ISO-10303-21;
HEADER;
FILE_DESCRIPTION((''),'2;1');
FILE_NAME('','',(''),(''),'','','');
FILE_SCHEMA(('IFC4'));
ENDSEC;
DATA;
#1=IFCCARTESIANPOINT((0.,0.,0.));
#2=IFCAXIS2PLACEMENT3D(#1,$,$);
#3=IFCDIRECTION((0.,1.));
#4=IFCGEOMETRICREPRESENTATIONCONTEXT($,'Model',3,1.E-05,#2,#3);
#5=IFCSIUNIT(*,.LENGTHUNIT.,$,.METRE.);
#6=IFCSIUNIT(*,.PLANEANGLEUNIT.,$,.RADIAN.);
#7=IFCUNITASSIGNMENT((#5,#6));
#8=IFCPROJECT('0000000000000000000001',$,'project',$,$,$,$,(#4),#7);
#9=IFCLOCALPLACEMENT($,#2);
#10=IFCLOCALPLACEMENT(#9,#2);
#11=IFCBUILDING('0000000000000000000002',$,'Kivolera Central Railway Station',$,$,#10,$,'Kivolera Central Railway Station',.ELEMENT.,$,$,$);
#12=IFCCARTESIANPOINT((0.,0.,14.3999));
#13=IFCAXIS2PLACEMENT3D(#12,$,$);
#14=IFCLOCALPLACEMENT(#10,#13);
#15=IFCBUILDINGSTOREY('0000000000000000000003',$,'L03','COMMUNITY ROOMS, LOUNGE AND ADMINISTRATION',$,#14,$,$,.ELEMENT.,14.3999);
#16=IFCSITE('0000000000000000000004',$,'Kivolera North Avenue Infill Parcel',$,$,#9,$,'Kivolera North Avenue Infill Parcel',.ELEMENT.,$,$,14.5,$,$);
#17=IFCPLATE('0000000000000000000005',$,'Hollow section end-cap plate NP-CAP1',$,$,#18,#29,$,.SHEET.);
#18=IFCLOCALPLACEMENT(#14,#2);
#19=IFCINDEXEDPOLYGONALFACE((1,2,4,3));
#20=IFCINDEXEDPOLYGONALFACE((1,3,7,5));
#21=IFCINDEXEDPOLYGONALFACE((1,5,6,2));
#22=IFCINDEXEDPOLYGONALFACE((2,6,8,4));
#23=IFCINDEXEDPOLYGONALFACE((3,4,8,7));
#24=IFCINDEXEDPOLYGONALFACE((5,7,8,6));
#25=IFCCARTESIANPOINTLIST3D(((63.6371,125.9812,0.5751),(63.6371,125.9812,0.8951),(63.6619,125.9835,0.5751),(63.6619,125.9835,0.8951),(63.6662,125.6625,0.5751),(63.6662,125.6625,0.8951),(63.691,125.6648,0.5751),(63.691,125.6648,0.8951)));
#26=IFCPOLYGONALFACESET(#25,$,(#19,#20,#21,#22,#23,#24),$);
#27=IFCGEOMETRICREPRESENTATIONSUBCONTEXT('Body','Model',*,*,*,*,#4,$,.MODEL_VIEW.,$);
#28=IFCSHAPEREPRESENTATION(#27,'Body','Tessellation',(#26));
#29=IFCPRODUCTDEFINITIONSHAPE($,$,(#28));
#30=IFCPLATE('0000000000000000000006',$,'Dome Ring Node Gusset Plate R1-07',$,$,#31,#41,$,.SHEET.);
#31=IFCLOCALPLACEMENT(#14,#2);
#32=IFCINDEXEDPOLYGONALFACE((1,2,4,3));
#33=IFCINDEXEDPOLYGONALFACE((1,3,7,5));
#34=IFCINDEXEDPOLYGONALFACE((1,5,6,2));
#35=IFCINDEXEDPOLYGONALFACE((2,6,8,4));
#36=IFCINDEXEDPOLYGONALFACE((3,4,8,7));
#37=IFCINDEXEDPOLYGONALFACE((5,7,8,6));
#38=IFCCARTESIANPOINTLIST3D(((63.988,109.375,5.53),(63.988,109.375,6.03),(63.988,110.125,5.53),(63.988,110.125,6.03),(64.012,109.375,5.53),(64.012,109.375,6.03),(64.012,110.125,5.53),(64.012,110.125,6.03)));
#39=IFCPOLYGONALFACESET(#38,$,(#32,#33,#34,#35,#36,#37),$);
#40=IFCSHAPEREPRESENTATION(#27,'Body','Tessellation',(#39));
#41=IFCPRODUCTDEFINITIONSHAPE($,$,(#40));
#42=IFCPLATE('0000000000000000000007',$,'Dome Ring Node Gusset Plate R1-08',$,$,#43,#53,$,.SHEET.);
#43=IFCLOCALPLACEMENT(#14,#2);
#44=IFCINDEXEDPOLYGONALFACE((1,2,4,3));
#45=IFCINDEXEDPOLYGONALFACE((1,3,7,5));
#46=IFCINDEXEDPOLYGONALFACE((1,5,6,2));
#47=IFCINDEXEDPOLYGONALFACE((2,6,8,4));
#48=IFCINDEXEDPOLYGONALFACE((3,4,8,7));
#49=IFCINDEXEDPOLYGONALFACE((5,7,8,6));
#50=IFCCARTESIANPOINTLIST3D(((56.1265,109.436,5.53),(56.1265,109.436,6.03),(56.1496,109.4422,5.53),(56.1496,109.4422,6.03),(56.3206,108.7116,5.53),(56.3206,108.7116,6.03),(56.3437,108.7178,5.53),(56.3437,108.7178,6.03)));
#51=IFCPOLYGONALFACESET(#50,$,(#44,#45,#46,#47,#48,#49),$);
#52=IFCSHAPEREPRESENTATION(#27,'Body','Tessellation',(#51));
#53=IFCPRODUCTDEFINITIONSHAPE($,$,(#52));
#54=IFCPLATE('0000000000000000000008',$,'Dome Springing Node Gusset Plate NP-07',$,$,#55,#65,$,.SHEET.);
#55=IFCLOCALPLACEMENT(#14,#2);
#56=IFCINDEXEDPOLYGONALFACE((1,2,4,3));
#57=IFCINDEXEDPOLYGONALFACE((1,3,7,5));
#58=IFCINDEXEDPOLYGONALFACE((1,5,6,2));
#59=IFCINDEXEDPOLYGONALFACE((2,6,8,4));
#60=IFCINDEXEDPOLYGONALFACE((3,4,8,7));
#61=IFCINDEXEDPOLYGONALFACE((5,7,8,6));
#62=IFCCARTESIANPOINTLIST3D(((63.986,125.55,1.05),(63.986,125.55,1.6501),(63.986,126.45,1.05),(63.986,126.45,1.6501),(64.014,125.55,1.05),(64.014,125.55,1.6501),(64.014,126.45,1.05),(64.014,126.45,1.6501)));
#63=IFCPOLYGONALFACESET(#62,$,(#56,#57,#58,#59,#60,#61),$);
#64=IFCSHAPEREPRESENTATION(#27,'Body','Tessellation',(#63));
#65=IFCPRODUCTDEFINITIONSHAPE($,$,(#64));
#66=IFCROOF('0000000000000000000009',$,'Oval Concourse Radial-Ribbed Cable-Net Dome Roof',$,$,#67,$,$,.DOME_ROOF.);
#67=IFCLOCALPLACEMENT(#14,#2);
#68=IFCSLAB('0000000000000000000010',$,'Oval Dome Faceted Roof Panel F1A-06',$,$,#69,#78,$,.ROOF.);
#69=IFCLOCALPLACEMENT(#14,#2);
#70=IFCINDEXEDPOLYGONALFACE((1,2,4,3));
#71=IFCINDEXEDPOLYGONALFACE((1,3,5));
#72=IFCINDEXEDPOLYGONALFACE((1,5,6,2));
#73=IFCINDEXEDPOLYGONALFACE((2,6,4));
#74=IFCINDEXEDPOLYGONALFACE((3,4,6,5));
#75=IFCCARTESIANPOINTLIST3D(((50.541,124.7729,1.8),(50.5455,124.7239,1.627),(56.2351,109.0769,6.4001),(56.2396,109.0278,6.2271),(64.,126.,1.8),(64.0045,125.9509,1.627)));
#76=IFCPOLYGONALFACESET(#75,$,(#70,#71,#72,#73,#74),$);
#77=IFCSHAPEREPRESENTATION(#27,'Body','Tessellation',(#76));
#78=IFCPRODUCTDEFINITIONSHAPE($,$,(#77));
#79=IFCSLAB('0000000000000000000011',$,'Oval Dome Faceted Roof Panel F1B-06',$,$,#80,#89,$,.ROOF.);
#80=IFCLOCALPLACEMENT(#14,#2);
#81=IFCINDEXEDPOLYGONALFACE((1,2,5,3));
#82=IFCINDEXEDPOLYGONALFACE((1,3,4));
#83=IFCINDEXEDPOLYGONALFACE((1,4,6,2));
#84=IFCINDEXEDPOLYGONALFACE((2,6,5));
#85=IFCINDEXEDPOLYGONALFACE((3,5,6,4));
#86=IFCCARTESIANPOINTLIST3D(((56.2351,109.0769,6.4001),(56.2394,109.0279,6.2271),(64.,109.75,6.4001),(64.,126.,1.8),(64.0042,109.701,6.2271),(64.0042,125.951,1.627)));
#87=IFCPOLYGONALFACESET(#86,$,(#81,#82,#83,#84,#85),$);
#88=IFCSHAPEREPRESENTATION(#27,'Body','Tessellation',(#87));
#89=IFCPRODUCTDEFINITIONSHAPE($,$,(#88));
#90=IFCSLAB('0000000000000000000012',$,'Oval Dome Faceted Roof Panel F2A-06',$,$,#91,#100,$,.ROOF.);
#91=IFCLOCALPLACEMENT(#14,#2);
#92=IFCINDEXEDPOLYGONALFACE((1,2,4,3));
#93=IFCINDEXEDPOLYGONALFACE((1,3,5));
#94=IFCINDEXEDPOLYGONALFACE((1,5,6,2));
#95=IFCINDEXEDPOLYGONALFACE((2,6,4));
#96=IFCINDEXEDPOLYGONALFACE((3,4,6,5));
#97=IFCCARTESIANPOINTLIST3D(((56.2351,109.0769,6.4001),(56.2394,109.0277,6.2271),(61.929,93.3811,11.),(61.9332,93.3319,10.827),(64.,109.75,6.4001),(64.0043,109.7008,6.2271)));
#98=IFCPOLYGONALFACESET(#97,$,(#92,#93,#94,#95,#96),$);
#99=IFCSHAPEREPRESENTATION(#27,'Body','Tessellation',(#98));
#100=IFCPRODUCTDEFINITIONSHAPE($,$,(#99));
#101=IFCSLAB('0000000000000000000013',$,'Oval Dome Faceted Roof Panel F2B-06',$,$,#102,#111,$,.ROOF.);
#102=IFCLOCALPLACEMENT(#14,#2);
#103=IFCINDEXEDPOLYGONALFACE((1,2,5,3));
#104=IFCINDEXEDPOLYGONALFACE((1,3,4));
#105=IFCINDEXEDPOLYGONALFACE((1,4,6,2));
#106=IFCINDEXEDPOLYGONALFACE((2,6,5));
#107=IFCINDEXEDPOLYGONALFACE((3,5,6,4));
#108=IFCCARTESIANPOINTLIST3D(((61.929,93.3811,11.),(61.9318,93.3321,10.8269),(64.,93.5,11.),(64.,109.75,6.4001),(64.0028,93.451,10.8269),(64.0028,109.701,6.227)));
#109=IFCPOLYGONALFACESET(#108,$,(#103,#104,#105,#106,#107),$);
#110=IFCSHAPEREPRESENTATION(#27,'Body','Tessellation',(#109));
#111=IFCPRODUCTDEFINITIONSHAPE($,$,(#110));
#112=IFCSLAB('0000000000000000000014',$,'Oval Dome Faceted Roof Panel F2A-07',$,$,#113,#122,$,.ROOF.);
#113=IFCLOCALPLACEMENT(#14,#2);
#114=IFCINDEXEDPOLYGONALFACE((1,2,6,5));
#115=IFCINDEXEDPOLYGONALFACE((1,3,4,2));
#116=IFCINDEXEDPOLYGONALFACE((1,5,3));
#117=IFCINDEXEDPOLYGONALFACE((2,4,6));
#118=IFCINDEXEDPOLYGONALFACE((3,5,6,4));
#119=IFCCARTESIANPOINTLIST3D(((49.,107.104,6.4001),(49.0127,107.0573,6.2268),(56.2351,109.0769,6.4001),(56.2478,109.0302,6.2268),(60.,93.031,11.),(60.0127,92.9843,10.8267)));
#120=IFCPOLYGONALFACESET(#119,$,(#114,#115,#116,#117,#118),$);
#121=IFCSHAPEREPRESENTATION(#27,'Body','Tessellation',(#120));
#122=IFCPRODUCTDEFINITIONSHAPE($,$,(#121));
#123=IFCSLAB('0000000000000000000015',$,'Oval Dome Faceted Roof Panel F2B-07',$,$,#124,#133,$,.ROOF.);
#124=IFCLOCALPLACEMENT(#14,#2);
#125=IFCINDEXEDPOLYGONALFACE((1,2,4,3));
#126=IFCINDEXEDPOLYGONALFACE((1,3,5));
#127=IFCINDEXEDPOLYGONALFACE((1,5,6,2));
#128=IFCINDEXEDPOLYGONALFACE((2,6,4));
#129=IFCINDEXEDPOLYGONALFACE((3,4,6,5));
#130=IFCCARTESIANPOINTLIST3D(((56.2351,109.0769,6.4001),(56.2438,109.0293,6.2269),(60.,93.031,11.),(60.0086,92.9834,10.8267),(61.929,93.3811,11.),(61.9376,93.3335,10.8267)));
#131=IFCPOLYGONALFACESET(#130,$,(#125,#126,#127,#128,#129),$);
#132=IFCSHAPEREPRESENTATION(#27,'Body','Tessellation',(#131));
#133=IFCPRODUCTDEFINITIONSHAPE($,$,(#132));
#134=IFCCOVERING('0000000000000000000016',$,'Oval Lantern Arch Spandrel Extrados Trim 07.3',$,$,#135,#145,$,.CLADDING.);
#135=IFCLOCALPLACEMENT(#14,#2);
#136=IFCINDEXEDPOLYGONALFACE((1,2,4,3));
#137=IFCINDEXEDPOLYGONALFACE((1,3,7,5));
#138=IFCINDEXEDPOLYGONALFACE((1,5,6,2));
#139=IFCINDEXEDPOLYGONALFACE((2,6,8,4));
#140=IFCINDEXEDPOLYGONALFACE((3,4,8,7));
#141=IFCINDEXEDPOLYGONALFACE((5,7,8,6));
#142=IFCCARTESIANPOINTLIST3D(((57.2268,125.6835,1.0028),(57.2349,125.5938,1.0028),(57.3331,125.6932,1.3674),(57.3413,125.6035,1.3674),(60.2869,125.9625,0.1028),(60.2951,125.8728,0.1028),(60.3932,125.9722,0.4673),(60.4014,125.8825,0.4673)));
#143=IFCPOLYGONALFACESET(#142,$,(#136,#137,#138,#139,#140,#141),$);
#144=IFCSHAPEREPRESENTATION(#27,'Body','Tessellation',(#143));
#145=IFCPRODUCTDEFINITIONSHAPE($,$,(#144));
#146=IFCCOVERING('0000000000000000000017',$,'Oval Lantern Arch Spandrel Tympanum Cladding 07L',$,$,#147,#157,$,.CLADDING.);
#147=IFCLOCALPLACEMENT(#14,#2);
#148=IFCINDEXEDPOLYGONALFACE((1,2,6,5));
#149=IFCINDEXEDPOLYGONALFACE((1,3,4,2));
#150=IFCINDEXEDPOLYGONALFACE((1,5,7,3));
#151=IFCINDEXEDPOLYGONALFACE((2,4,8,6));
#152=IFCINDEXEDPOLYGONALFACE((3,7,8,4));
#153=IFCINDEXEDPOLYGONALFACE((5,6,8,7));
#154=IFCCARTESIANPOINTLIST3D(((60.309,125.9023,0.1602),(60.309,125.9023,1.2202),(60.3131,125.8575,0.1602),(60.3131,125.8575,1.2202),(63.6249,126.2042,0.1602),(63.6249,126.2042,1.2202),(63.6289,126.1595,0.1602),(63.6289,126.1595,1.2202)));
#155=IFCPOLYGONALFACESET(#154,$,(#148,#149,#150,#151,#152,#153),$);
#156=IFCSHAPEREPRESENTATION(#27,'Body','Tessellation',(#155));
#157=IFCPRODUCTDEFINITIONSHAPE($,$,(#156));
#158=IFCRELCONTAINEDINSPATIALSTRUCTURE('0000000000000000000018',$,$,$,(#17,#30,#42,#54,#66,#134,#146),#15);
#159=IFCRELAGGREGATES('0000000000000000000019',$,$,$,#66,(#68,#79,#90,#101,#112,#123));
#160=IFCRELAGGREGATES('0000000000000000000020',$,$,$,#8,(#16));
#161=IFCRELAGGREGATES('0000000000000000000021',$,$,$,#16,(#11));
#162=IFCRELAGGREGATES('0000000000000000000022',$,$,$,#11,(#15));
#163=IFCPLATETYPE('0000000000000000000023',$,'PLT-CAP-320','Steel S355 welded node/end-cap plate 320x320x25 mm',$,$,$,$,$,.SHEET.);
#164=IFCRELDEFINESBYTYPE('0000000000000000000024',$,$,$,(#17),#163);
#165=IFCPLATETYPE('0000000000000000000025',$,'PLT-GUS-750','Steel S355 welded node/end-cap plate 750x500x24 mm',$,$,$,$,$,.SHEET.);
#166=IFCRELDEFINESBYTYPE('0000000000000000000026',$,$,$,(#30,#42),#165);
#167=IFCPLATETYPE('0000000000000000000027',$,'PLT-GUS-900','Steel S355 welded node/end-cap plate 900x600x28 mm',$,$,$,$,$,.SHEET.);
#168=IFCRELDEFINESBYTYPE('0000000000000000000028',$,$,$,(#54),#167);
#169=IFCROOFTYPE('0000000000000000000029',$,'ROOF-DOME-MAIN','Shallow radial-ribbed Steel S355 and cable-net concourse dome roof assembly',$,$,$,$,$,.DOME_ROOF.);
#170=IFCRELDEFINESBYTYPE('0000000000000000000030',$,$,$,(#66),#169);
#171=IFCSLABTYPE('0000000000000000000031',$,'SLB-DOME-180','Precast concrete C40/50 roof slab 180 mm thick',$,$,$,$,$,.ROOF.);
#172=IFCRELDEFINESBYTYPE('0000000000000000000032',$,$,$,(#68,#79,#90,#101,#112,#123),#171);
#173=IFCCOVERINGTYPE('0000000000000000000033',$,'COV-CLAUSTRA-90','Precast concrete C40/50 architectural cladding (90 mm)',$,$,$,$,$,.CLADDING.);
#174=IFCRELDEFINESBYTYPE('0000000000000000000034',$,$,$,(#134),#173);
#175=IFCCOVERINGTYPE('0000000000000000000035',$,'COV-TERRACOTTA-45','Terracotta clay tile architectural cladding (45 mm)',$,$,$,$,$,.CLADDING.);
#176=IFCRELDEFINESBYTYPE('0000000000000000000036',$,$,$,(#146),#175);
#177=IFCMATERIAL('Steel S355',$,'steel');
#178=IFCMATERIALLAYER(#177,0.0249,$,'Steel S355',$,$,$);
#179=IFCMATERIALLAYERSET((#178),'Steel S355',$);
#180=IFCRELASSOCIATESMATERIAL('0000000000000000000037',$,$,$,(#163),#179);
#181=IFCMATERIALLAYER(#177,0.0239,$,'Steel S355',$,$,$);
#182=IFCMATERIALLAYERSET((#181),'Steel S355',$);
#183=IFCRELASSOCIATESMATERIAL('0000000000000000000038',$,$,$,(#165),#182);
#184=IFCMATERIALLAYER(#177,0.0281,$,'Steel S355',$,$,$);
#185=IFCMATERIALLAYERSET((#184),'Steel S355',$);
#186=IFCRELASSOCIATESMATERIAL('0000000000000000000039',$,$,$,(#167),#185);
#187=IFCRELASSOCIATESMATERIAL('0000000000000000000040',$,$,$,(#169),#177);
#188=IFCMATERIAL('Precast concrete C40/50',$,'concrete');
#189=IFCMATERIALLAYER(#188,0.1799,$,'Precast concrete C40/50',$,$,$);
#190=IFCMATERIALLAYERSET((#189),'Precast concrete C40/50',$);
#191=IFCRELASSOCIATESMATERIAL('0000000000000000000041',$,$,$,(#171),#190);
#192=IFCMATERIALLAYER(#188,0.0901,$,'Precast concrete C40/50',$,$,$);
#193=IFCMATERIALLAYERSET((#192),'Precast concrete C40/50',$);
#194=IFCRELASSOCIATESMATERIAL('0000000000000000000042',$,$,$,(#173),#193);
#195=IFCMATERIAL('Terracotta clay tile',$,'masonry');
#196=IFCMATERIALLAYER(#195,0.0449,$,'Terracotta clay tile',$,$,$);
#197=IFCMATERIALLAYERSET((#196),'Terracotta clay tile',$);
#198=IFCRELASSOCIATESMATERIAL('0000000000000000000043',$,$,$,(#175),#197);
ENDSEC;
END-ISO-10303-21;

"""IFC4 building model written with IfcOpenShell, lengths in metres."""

from ifc_helpers import new_model, si_unit, direction, frame, frame_2d, origin, origin_2d, place, context, subcontext, project, spatial, polyline, rectangle, outline, extrude, material, layer, layer_set, type_object, element, aggregate, save


model = new_model("IFC4")

# Units and contexts
model_context = context("Model", 3, precision=1e-05, world=origin(), true_north=direction((0.0, 1.0)))
body_context = subcontext(model_context, "Body", "Model", "MODEL_VIEW")
ifc_project = project(units=[si_unit("LENGTHUNIT", "METRE"), si_unit("PLANEANGLEUNIT", "RADIAN")], contexts=[model_context])

# Site, building, storey
site_placement = place(None, origin())
site = spatial("IfcSite", under=ifc_project, at=site_placement, Name="Kivolera North Avenue Infill Parcel", LongName="Kivolera North Avenue Infill Parcel", CompositionType="ELEMENT", RefElevation=14.5)
building_placement = place(site_placement, origin())
building = spatial("IfcBuilding", under=site, at=building_placement, Name="Kivolera Central Railway Station", LongName="Kivolera Central Railway Station", CompositionType="ELEMENT")
storey_placement = place(building_placement, frame((0.0, 0.0, 14.3999)))
storey = spatial("IfcBuildingStorey", under=building, at=storey_placement, Name="L03", Description="COMMUNITY ROOMS, LOUNGE AND ADMINISTRATION", CompositionType="ELEMENT", Elevation=14.3999)

# Shared definitions
ifc_material_1 = material(Name="Steel S355", Category="steel")

# Plates
ifc_layer_1 = layer(ifc_material_1, 0.0249, Name="Steel S355")
ifc_layer_set_1 = layer_set([ifc_layer_1], Name="Steel S355")
plate_type_1 = type_object("IfcPlateType", Name="PLT-CAP-320", Description="Steel S355 welded node/end-cap plate 320x320x25 mm", PredefinedType="SHEET", material=ifc_layer_set_1)
plate_1_placement = place(storey_placement, frame((63.6641, 125.823, 0.7351), z_axis=(-0.995874, -0.090747, 0.0), x_axis=(0.090747, -0.995874, 0.0)))
element("IfcPlate", 1, at=plate_1_placement, inside=storey, type_object=plate_type_1, Name="Hollow section end-cap plate NP-CAP1", PredefinedType="SHEET", context=body_context, shape_type="SweptSolid", body=[
    extrude(rectangle(XDim=0.3201, YDim=0.3201, at=origin_2d()), frame((0.0, 0.0, -0.0125)), (0.0, 0.0, 1.0), 0.0249),
])
ifc_layer_2 = layer(ifc_material_1, 0.0239, Name="Steel S355")
ifc_layer_set_2 = layer_set([ifc_layer_2], Name="Steel S355")
plate_type_2 = type_object("IfcPlateType", Name="PLT-GUS-750", Description="Steel S355 welded node/end-cap plate 750x500x24 mm", PredefinedType="SHEET", material=ifc_layer_set_2)
for number, where, z_axis, x_axis, name in (
    (2, (64.0, 109.75, 5.53), (0.0, 0.0, 1.0), (0.0, 1.0, 0.0), "Dome Ring Node Gusset Plate R1-07"),
    (3, (56.2351, 109.0769, 5.53), (0.0, 0.0, 1.0), (-0.258819, 0.965926, 0.0), "Dome Ring Node Gusset Plate R1-08"),
):
    element("IfcPlate", number, at=place(storey_placement, frame(where, z_axis=z_axis, x_axis=x_axis)), inside=storey, type_object=plate_type_2, Name=name, PredefinedType="SHEET", context=body_context, shape_type="SweptSolid", body=[
        extrude(rectangle(XDim=0.75, YDim=0.0239, at=origin_2d()), origin(), (0.0, 0.0, 1.0), 0.5),
    ])
ifc_layer_3 = layer(ifc_material_1, 0.0281, Name="Steel S355")
ifc_layer_set_3 = layer_set([ifc_layer_3], Name="Steel S355")
plate_type_3 = type_object("IfcPlateType", Name="PLT-GUS-900", Description="Steel S355 welded node/end-cap plate 900x600x28 mm", PredefinedType="SHEET", material=ifc_layer_set_3)
plate_2_placement = place(storey_placement, frame((64.0, 126.0, 1.05), z_axis=(0.0, 0.0, 1.0), x_axis=(0.0, 1.0, 0.0)))
element("IfcPlate", 4, at=plate_2_placement, inside=storey, type_object=plate_type_3, Name="Dome Springing Node Gusset Plate NP-07", PredefinedType="SHEET", context=body_context, shape_type="SweptSolid", body=[
    extrude(rectangle(XDim=0.8999, YDim=0.0281, at=origin_2d()), origin(), (0.0, 0.0, 1.0), 0.6001),
])

# Roof, slabs
roof_type = type_object("IfcRoofType", Name="ROOF-DOME-MAIN", Description="Shallow radial-ribbed Steel S355 and cable-net concourse dome roof assembly", PredefinedType="DOME_ROOF", material=ifc_material_1)
roof_placement = place(storey_placement, origin())
roof = element("IfcRoof", 5, at=roof_placement, inside=storey, type_object=roof_type, Name="Oval Concourse Radial-Ribbed Cable-Net Dome Roof", PredefinedType="DOME_ROOF")
ifc_material_2 = material(Name="Precast concrete C40/50", Category="concrete")
ifc_layer_4 = layer(ifc_material_2, 0.1799, Name="Precast concrete C40/50")
ifc_layer_set_4 = layer_set([ifc_layer_4], Name="Precast concrete C40/50")
slab_type = type_object("IfcSlabType", Name="SLB-DOME-180", Description="Precast concrete C40/50 roof slab 180 mm thick", PredefinedType="ROOF", material=ifc_layer_set_4)
slab_1_placement = place(storey_placement, frame((64.0, 126.0, 1.8), z_axis=(-0.024874, 0.272837, 0.961739), x_axis=(-0.99587, -0.090793, 0.0)))
slab_1 = element("IfcSlab", 6, at=slab_1_placement, type_object=slab_type, Name="Oval Dome Faceted Roof Panel F1A-06", PredefinedType="ROOF", context=body_context, shape_type="SweptSolid", body=[
    extrude(outline(polyline([(0.0, 0.0), (13.5148, 0.0), (9.2693, 16.7906), (0.0, 0.0)])), origin(), (0.0, 0.0, -1.0), 0.1799),
])
slab_2_placement = place(storey_placement, frame((64.0, 126.0, 1.8), z_axis=(-0.023605, 0.272304, 0.961922), x_axis=(-0.404858, -0.882362, 0.239847)))
slab_2 = element("IfcSlab", 7, at=slab_2_placement, type_object=slab_type, Name="Oval Dome Faceted Roof Panel F1B-06", PredefinedType="ROOF", context=body_context, shape_type="SweptSolid", body=[
    extrude(outline(polyline([(0.0, 0.0), (19.1793, 0.0), (15.4417, 6.8394), (0.0, 0.0)])), origin(), (0.0, 0.0, -1.0), 0.1799),
])
slab_3_placement = place(storey_placement, frame((64.0, 109.75, 6.4001), z_axis=(-0.023685, 0.273233, 0.961656), x_axis=(-0.996264, -0.086361, 0.0)))
slab_3 = element("IfcSlab", 8, at=slab_3_placement, type_object=slab_type, Name="Oval Dome Faceted Roof Panel F2A-06", PredefinedType="ROOF", context=body_context, shape_type="SweptSolid", body=[
    extrude(outline(polyline([(0.0, 0.0), (7.794, 0.0), (3.4769, 16.772), (0.0, 0.0)])), origin(), (0.0, 0.0, -1.0), 0.1799),
])
slab_4_placement = place(storey_placement, frame((64.0, 109.75, 6.4001), z_axis=(-0.015634, 0.272333, 0.962076), x_axis=(-0.120912, -0.955648, 0.268548)))
slab_4 = element("IfcSlab", 9, at=slab_4_placement, type_object=slab_type, Name="Oval Dome Faceted Roof Panel F2B-06", PredefinedType="ROOF", context=body_context, shape_type="SweptSolid", body=[
    extrude(outline(polyline([(0.0, 0.0), (17.1286, 0.0), (16.7646, 2.0423), (0.0, 0.0)])), origin(), (0.0, 0.0, -1.0), 0.1799),
])
slab_5_placement = place(storey_placement, frame((56.2351, 109.0769, 6.4001), z_axis=(-0.070762, 0.259501, 0.963147), x_axis=(-0.964774, -0.263079, 0.0)))
slab_5 = element("IfcSlab", 10, at=slab_5_placement, type_object=slab_type, Name="Oval Dome Faceted Roof Panel F2A-07", PredefinedType="ROOF", context=body_context, shape_type="SweptSolid", body=[
    extrude(outline(polyline([(0.0, 0.0), (7.4993, 0.0), (0.5891, 17.1014), (0.0, 0.0)])), origin(), (0.0, 0.0, -1.0), 0.1799),
])
slab_6_placement = place(storey_placement, frame((56.2351, 109.0769, 6.4001), z_axis=(-0.048063, 0.264814, 0.963101), x_axis=(0.220021, -0.937725, 0.268816)))
slab_6 = element("IfcSlab", 11, at=slab_6_placement, type_object=slab_type, Name="Oval Dome Faceted Roof Panel F2B-07", PredefinedType="ROOF", context=body_context, shape_type="SweptSolid", body=[
    extrude(outline(polyline([(0.0, 0.0), (17.1115, 0.0), (17.2076, 1.9581), (0.0, 0.0)])), origin(), (0.0, 0.0, -1.0), 0.1799),
])
aggregate(roof, [slab_1, slab_2, slab_3, slab_4, slab_5, slab_6])

# Coverings
ifc_layer_5 = layer(ifc_material_2, 0.0901, Name="Precast concrete C40/50")
ifc_layer_set_5 = layer_set([ifc_layer_5], Name="Precast concrete C40/50")
covering_type_1 = type_object("IfcCoveringType", Name="COV-CLAUSTRA-90", Description="Precast concrete C40/50 architectural cladding (90 mm)", PredefinedType="CLADDING", material=ifc_layer_set_5)
covering_1_placement = place(storey_placement, frame((58.814, 125.783, 0.7351), z_axis=(-0.955716, -0.087139, 0.281093), x_axis=(-0.090789, 0.99587, 0.0)))
element("IfcCovering", 12, at=covering_1_placement, inside=storey, type_object=covering_type_1, Name="Oval Lantern Arch Spandrel Extrados Trim 07.3", PredefinedType="CLADDING", context=body_context, shape_type="SweptSolid", body=[
    extrude(rectangle(XDim=0.0901, YDim=0.3799, at=origin_2d()), frame((0.0, 0.0, -1.6011)), (0.0, 0.0, 1.0), 3.2019),
])
ifc_material_3 = material(Name="Terracotta clay tile", Category="masonry")
ifc_layer_6 = layer(ifc_material_3, 0.0449, Name="Terracotta clay tile")
ifc_layer_set_6 = layer_set([ifc_layer_6], Name="Terracotta clay tile")
covering_type_2 = type_object("IfcCoveringType", Name="COV-TERRACOTTA-45", Description="Terracotta clay tile architectural cladding (45 mm)", PredefinedType="CLADDING", material=ifc_layer_set_6)
covering_2_placement = place(storey_placement, frame((60.311, 125.8799, 0.1602), z_axis=(0.0, 0.0, 1.0), x_axis=(0.995878, 0.090701, 0.0)))
element("IfcCovering", 13, at=covering_2_placement, inside=storey, type_object=covering_type_2, Name="Oval Lantern Arch Spandrel Tympanum Cladding 07L", PredefinedType="CLADDING", context=body_context, shape_type="SweptSolid", body=[
    extrude(rectangle(XDim=3.3296, YDim=0.0449, at=frame_2d((1.6648, 0.0))), origin(), (0.0, 0.0, 1.0), 1.0601),
])

save(model, "model.ifc")
